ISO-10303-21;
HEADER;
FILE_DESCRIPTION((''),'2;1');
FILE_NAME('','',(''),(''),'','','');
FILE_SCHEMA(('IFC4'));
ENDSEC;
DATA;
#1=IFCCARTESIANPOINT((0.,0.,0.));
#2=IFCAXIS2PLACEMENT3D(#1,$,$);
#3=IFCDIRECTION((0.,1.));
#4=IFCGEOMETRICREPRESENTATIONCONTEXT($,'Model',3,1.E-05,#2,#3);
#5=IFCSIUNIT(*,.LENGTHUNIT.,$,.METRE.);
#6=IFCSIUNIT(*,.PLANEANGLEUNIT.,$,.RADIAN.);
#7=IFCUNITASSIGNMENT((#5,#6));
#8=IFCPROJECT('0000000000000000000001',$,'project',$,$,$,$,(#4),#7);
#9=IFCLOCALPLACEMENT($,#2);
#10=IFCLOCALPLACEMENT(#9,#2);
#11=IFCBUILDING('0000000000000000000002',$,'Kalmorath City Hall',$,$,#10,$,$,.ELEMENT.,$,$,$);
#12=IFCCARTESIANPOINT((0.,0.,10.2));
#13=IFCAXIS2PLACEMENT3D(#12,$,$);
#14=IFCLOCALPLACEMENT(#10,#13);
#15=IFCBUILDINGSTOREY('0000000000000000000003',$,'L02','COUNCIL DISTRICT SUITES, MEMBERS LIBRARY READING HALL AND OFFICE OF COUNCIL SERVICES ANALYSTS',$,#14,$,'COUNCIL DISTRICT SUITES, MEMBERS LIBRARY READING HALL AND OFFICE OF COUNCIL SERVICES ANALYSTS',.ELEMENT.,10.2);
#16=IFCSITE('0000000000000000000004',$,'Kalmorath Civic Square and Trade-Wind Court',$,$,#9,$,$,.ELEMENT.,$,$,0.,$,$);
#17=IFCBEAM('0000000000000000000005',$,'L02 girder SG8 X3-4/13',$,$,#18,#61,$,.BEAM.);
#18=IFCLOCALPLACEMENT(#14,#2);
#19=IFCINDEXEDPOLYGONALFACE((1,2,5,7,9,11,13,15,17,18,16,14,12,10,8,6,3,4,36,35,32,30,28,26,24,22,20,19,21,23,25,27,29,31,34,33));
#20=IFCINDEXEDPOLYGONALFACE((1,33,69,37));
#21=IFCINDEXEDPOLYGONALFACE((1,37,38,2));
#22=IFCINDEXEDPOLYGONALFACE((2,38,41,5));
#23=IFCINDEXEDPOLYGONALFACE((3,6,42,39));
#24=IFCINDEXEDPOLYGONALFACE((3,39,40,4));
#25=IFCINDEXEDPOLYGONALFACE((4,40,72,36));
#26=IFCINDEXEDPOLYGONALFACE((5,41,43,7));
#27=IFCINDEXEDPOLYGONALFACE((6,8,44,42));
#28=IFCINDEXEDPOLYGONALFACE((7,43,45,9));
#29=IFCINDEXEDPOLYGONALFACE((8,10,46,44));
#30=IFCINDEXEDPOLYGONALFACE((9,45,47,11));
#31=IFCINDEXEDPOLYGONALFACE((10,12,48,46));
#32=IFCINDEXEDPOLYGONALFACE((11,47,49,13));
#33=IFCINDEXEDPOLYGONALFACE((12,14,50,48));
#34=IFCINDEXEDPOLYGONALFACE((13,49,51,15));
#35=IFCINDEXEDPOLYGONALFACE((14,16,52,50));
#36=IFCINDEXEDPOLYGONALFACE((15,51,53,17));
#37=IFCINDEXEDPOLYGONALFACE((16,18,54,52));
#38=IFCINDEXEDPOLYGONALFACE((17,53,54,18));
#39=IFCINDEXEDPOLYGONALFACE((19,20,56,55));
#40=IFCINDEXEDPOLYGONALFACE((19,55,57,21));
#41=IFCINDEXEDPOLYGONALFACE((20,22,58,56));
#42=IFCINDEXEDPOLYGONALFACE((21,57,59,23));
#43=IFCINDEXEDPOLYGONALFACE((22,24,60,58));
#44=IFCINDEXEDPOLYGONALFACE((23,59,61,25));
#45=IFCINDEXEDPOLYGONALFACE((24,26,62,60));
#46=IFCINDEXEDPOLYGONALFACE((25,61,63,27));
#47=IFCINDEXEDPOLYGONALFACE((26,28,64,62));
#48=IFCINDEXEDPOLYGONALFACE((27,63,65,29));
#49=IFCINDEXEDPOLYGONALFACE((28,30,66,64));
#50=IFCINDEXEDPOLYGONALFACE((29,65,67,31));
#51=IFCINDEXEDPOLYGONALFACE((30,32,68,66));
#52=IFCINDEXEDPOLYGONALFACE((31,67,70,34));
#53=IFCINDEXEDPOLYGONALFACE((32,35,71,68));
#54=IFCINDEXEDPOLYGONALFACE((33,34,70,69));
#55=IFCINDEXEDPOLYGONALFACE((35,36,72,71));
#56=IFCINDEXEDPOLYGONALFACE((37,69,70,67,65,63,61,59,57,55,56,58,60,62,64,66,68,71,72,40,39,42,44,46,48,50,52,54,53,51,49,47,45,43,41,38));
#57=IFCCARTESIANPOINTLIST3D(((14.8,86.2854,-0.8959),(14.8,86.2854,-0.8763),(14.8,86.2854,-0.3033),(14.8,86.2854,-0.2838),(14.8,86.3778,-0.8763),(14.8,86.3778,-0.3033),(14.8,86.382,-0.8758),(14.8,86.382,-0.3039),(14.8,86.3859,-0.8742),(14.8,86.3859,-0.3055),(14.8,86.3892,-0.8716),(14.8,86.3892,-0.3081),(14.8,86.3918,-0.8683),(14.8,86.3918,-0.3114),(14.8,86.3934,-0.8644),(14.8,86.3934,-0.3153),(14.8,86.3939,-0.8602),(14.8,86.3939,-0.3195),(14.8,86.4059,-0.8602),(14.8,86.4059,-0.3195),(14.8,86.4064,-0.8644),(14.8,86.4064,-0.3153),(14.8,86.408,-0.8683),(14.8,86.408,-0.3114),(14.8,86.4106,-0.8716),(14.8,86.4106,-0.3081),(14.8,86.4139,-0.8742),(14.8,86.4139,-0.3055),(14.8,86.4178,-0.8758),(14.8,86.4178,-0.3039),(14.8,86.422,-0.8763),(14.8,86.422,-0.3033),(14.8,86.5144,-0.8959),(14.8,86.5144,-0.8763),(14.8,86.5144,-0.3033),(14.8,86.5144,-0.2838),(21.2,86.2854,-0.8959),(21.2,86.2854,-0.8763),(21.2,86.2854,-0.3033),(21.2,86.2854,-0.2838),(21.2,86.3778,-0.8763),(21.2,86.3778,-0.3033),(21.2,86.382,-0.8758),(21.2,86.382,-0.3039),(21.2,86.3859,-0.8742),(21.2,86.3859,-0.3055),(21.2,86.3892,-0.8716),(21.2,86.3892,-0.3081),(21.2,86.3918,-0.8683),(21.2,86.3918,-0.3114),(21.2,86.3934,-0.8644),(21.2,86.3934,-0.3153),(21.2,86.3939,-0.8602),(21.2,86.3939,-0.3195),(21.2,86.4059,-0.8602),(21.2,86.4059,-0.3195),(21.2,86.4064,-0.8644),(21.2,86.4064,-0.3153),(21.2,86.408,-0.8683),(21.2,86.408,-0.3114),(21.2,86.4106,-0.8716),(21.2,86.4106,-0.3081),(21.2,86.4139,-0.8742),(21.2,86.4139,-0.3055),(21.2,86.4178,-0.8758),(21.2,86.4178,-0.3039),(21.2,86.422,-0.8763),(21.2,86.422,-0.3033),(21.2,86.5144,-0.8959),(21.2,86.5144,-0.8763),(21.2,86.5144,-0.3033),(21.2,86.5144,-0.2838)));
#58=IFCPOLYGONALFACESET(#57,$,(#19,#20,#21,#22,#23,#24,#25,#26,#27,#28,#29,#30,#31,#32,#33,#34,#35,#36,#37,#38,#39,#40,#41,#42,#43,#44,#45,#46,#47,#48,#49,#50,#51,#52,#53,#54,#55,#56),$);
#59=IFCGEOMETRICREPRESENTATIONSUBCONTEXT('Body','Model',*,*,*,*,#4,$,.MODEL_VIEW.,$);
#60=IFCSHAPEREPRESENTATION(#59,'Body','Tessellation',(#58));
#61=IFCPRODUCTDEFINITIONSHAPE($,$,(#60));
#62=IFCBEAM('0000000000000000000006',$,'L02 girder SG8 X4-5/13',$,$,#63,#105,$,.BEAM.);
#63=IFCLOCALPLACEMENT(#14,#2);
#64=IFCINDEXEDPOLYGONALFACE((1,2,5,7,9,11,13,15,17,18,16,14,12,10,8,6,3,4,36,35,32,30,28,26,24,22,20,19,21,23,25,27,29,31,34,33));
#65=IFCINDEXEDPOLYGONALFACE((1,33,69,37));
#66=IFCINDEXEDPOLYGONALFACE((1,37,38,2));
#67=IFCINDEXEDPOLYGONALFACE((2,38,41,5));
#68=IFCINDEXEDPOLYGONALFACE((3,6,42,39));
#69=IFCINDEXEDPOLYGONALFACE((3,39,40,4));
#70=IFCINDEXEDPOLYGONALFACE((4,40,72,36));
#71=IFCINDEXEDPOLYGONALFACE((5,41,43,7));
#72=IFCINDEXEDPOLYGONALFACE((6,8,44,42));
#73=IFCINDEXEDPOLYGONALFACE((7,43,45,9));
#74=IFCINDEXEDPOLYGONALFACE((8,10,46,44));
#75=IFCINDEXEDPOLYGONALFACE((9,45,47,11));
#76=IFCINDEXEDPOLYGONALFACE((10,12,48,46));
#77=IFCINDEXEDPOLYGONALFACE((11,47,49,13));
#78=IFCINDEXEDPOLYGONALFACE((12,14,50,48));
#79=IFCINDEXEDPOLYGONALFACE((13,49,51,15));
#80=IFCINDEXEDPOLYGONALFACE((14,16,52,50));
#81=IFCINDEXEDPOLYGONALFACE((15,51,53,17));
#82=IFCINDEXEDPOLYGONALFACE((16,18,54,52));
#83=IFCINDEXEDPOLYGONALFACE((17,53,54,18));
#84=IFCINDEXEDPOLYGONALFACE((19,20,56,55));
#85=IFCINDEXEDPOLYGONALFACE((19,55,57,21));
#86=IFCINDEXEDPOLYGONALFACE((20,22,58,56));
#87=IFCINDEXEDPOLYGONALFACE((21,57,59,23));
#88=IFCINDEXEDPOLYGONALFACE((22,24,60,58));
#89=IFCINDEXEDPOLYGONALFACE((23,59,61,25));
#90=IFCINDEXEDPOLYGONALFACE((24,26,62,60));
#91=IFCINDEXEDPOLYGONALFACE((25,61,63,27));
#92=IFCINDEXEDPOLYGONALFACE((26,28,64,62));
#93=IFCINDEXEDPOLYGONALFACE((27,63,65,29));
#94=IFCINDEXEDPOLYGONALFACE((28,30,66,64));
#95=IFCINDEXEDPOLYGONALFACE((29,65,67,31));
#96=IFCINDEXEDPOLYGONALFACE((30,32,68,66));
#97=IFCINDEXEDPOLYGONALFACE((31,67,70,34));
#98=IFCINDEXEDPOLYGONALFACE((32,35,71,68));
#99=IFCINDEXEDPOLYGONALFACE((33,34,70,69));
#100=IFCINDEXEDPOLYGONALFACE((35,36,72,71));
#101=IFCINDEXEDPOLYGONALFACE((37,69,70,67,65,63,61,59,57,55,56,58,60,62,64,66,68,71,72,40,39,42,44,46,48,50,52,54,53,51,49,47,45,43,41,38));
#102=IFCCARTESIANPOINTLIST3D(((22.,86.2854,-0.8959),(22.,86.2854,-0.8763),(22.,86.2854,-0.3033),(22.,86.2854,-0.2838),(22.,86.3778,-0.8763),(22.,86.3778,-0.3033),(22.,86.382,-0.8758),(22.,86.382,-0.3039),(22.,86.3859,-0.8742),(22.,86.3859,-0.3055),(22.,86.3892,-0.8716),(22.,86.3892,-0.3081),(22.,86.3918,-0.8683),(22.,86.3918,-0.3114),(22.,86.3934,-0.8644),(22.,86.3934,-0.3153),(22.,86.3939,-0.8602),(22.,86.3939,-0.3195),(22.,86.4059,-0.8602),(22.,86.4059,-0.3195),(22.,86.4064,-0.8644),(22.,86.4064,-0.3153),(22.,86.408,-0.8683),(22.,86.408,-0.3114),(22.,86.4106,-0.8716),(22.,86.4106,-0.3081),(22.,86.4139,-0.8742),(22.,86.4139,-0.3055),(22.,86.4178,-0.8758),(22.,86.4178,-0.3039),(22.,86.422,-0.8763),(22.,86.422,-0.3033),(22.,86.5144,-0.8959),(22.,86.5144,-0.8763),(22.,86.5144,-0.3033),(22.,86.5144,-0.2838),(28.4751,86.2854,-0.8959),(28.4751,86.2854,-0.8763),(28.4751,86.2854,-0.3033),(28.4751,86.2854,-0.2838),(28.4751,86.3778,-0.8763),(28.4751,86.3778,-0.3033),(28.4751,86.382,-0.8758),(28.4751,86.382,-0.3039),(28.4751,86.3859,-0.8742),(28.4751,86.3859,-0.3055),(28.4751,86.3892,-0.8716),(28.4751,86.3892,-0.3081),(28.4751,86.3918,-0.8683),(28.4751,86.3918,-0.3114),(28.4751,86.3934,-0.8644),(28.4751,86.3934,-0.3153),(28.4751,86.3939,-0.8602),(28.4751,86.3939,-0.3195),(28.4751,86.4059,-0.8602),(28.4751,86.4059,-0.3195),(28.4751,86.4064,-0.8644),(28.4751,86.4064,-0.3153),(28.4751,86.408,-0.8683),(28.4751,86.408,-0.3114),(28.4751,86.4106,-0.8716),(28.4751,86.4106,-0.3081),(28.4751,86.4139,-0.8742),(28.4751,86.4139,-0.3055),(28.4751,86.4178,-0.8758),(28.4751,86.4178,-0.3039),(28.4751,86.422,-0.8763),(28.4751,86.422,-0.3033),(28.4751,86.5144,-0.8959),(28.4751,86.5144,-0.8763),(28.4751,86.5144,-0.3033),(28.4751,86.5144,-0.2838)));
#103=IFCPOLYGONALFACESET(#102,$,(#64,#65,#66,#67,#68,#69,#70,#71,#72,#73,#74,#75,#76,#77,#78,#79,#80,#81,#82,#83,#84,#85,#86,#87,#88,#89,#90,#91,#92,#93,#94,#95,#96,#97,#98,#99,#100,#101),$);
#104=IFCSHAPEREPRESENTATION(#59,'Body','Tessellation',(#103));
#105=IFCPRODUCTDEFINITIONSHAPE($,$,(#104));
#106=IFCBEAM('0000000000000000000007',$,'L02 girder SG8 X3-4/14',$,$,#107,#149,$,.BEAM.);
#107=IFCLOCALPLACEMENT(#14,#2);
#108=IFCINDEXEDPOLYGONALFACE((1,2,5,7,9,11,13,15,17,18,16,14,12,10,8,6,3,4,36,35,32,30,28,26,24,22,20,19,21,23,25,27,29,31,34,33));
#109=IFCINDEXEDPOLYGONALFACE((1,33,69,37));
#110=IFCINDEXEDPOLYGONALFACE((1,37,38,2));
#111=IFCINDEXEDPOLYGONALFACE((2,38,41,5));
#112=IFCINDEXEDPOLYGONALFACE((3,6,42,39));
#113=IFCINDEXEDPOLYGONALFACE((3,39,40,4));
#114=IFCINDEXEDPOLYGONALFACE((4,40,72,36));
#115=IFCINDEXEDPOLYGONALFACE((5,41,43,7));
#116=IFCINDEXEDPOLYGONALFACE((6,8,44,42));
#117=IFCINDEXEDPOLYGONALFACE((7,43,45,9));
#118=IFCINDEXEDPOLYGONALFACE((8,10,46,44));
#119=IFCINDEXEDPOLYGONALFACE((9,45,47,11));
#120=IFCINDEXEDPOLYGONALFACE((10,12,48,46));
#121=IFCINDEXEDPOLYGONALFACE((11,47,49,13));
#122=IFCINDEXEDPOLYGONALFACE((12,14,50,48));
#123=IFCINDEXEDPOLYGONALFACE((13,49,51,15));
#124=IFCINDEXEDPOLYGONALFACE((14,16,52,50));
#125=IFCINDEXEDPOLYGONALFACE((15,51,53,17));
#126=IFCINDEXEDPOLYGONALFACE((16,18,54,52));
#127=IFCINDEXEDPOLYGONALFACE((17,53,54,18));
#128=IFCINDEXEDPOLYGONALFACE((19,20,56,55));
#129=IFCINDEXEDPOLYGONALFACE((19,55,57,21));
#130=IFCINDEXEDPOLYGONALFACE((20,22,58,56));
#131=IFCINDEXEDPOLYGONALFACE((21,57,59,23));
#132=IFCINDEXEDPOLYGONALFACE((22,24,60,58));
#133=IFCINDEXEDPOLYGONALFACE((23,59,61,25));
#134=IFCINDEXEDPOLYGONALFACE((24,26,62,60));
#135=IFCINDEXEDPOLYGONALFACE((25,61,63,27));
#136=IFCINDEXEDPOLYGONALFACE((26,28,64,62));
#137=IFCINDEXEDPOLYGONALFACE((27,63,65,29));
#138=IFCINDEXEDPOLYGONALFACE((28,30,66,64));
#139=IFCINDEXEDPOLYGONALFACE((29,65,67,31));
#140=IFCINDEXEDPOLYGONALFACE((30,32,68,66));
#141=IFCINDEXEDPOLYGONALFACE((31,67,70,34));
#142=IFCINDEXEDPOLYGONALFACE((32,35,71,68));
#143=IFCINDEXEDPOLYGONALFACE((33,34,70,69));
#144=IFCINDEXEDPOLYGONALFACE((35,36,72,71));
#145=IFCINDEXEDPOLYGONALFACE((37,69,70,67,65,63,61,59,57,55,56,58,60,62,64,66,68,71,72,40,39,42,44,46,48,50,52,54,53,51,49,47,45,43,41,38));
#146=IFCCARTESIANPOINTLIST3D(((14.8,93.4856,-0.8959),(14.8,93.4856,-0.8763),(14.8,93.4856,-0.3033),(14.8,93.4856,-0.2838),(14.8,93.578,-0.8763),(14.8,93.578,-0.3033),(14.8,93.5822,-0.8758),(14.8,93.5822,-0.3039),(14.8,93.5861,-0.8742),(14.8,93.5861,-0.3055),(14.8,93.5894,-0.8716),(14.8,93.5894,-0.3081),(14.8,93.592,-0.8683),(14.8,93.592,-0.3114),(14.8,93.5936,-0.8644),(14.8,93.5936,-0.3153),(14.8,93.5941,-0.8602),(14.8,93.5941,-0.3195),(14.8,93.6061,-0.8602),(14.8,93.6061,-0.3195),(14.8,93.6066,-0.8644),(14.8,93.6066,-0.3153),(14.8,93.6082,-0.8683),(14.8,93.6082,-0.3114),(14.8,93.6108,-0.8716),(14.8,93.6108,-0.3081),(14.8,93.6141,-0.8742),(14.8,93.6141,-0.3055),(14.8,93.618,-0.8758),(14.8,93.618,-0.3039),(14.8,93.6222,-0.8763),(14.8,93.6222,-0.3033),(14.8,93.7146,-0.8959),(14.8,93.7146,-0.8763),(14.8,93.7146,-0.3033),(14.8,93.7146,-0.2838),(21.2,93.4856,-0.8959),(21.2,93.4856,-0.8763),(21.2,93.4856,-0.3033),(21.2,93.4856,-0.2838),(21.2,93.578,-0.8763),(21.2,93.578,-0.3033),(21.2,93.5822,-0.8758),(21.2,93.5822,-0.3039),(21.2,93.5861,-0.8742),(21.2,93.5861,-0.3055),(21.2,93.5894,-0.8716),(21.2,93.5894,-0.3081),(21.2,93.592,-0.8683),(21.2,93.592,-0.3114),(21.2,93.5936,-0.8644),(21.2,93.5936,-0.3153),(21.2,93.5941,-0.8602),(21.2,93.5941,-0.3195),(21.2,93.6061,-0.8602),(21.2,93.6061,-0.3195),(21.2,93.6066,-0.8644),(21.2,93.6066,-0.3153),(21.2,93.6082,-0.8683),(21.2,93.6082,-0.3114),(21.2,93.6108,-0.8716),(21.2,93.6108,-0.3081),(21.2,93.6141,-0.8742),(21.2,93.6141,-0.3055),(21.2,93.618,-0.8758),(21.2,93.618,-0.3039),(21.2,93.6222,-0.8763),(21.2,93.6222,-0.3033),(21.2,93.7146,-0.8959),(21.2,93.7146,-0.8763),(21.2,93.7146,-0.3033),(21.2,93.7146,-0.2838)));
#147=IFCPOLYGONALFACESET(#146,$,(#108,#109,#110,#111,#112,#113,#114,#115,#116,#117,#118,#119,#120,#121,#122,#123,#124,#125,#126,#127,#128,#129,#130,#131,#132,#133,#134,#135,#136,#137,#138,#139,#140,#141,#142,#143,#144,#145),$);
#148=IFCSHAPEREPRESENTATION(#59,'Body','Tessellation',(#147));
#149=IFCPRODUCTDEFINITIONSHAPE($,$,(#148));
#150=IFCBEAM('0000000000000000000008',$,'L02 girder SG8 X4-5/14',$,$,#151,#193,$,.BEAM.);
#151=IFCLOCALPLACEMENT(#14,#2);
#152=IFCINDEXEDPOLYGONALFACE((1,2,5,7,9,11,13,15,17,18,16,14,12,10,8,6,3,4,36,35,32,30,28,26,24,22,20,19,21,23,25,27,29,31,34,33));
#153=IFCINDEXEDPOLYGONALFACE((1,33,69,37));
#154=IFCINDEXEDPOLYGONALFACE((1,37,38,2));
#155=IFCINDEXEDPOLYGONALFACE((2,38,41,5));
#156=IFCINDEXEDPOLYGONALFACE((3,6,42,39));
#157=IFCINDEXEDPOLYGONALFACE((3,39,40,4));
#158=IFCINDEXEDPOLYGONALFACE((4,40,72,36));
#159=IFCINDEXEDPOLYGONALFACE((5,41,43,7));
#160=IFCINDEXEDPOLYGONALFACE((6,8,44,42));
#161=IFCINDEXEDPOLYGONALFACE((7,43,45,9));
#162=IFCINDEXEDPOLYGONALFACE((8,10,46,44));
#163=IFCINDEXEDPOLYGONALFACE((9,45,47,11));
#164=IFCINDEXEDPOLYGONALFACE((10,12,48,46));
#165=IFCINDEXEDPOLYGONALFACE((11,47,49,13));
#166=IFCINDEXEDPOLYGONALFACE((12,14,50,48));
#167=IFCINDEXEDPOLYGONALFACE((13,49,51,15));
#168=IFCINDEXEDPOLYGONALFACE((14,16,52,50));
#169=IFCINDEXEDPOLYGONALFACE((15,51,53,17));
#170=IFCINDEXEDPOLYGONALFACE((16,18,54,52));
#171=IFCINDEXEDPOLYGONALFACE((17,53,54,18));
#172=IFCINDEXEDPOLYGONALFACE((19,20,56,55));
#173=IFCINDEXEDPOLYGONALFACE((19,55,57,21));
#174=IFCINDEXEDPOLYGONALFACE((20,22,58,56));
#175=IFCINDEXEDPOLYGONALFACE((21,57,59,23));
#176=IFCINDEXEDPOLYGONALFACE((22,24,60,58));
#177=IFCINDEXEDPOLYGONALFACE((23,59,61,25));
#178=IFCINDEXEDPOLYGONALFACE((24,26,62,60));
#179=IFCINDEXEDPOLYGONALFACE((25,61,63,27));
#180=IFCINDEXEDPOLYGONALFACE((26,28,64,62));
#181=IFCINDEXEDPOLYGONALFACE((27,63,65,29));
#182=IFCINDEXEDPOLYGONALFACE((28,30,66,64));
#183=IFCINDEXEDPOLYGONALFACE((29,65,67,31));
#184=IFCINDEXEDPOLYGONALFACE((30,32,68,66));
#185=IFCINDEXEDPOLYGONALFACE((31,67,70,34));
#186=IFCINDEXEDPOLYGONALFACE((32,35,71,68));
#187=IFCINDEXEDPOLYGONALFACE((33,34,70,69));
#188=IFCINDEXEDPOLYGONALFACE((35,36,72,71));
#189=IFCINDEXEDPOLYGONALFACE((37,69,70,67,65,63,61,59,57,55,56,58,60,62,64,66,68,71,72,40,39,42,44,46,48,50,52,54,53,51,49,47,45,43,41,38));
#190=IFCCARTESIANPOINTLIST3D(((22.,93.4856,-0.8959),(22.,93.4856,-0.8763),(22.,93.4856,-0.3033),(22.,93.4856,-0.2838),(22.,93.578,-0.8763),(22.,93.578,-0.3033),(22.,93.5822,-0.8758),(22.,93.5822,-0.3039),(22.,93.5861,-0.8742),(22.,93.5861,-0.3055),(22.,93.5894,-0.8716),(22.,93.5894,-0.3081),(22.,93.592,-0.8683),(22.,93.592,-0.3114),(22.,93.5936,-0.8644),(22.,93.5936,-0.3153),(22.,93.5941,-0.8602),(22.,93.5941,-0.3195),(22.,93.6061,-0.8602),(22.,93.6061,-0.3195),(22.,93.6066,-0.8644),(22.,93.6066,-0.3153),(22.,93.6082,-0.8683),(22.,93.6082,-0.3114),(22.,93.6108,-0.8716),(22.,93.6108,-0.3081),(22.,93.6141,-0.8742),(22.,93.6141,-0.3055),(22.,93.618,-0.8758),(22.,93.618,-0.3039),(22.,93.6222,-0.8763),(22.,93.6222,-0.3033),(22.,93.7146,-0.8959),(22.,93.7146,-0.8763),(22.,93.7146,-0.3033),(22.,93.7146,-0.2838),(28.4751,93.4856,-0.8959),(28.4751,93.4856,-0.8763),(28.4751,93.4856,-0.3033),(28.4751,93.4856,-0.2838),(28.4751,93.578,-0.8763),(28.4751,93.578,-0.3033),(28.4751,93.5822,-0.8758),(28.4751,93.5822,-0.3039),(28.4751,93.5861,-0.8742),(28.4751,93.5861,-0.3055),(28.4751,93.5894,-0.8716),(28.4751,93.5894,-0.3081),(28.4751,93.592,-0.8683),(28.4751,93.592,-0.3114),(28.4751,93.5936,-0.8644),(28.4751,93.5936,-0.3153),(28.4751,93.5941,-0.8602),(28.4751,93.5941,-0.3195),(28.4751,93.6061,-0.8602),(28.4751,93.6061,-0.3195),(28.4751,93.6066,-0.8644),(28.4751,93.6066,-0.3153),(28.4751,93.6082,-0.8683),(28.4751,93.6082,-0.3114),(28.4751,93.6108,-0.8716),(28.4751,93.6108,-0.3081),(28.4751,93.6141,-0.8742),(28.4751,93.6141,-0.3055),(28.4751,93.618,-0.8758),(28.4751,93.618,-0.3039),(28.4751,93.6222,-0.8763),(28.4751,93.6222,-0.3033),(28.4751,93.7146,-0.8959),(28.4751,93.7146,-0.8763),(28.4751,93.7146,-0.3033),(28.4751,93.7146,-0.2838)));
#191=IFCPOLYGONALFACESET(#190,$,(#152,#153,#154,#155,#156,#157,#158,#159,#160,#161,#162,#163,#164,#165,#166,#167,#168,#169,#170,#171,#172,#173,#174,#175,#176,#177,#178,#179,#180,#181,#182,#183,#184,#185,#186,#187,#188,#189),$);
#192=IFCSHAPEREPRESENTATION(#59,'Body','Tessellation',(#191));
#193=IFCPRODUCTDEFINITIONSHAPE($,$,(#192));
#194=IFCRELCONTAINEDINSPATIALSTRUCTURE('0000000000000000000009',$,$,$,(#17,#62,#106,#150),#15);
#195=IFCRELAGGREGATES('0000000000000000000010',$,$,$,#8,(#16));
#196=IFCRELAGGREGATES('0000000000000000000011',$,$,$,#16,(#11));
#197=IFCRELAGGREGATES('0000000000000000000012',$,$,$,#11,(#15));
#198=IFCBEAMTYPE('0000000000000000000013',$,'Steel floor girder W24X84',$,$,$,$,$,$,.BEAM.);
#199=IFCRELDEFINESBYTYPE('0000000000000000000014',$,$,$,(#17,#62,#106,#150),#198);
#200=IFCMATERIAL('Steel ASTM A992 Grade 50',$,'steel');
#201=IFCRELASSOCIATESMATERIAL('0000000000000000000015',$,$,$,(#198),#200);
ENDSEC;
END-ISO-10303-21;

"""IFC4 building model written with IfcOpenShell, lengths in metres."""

from ifc_helpers import new_model, si_unit, direction, frame, origin, origin_2d, place, context, subcontext, project, spatial, i_section, extrude, material, material_profile, profile_set, type_object, element, save


model = new_model("IFC4")

# Units and contexts
model_context = context("Model", 3, precision=1e-05, world=origin(), true_north=direction((0.0, 1.0)))
body_context = subcontext(model_context, "Body", "Model", "MODEL_VIEW")
ifc_project = project(units=[si_unit("LENGTHUNIT", "METRE"), si_unit("PLANEANGLEUNIT", "RADIAN")], contexts=[model_context])

# Site, building, storey
site_placement = place(None, origin())
site = spatial("IfcSite", under=ifc_project, at=site_placement, Name="Kalmorath Civic Square and Trade-Wind Court", CompositionType="ELEMENT", RefElevation=0.0)
building_placement = place(site_placement, origin())
building = spatial("IfcBuilding", under=site, at=building_placement, Name="Kalmorath City Hall", CompositionType="ELEMENT")
storey_placement = place(building_placement, frame((0.0, 0.0, 10.2)))
storey = spatial("IfcBuildingStorey", under=building, at=storey_placement, Name="L02", Description="COUNCIL DISTRICT SUITES, MEMBERS LIBRARY READING HALL AND OFFICE OF COUNCIL SERVICES ANALYSTS", LongName="COUNCIL DISTRICT SUITES, MEMBERS LIBRARY READING HALL AND OFFICE OF COUNCIL SERVICES ANALYSTS", CompositionType="ELEMENT", Elevation=10.2)

# Beams
ifc_material_1 = material(Name="Steel ASTM A992 Grade 50", Category="steel")
ifc_material_profile_1 = material_profile(ifc_material_1, i_section(OverallWidth=0.229, OverallDepth=0.6121, WebThickness=0.012, FlangeThickness=0.0195, FilletRadius=0.0161, at=origin_2d()), Name="W24X84")
ifc_profile_set_1 = profile_set([ifc_material_profile_1], Name="Steel ASTM A992 Grade 50")
beam_type_1 = type_object("IfcBeamType", Name="Steel floor girder W24X84", PredefinedType="BEAM", material=ifc_profile_set_1)
beam_1_placement = place(storey_placement, frame((14.8, 86.3999, -0.5898), z_axis=(1.0, 0.0, 0.0), x_axis=(0.0, 1.0, 0.0)))
element("IfcBeam", 1, at=beam_1_placement, inside=storey, type_object=beam_type_1, Name="L02 girder SG8 X3-4/13", PredefinedType="BEAM", context=body_context, shape_type="SweptSolid", body=[
    extrude(i_section(OverallWidth=0.229, OverallDepth=0.6121, WebThickness=0.012, FlangeThickness=0.0195, FilletRadius=0.0161, at=origin_2d()), origin(), (0.0, 0.0, 1.0), 6.3999),
])
beam_2_placement = place(storey_placement, frame((22.0, 86.3999, -0.5898), z_axis=(1.0, 0.0, 0.0), x_axis=(0.0, 1.0, 0.0)))
element("IfcBeam", 2, at=beam_2_placement, inside=storey, type_object=beam_type_1, Name="L02 girder SG8 X4-5/13", PredefinedType="BEAM", context=body_context, shape_type="SweptSolid", body=[
    extrude(i_section(OverallWidth=0.229, OverallDepth=0.6121, WebThickness=0.012, FlangeThickness=0.0195, FilletRadius=0.0161, at=origin_2d()), origin(), (0.0, 0.0, 1.0), 6.4751),
])
beam_3_placement = place(storey_placement, frame((14.8, 93.6001, -0.5898), z_axis=(1.0, 0.0, 0.0), x_axis=(0.0, 1.0, 0.0)))
element("IfcBeam", 3, at=beam_3_placement, inside=storey, type_object=beam_type_1, Name="L02 girder SG8 X3-4/14", PredefinedType="BEAM", context=body_context, shape_type="SweptSolid", body=[
    extrude(i_section(OverallWidth=0.229, OverallDepth=0.6121, WebThickness=0.012, FlangeThickness=0.0195, FilletRadius=0.0161, at=origin_2d()), origin(), (0.0, 0.0, 1.0), 6.3999),
])
beam_4_placement = place(storey_placement, frame((22.0, 93.6001, -0.5898), z_axis=(1.0, 0.0, 0.0), x_axis=(0.0, 1.0, 0.0)))
element("IfcBeam", 4, at=beam_4_placement, inside=storey, type_object=beam_type_1, Name="L02 girder SG8 X4-5/14", PredefinedType="BEAM", context=body_context, shape_type="SweptSolid", body=[
    extrude(i_section(OverallWidth=0.229, OverallDepth=0.6121, WebThickness=0.012, FlangeThickness=0.0195, FilletRadius=0.0161, at=origin_2d()), origin(), (0.0, 0.0, 1.0), 6.4751),
])

save(model, "model.ifc")
